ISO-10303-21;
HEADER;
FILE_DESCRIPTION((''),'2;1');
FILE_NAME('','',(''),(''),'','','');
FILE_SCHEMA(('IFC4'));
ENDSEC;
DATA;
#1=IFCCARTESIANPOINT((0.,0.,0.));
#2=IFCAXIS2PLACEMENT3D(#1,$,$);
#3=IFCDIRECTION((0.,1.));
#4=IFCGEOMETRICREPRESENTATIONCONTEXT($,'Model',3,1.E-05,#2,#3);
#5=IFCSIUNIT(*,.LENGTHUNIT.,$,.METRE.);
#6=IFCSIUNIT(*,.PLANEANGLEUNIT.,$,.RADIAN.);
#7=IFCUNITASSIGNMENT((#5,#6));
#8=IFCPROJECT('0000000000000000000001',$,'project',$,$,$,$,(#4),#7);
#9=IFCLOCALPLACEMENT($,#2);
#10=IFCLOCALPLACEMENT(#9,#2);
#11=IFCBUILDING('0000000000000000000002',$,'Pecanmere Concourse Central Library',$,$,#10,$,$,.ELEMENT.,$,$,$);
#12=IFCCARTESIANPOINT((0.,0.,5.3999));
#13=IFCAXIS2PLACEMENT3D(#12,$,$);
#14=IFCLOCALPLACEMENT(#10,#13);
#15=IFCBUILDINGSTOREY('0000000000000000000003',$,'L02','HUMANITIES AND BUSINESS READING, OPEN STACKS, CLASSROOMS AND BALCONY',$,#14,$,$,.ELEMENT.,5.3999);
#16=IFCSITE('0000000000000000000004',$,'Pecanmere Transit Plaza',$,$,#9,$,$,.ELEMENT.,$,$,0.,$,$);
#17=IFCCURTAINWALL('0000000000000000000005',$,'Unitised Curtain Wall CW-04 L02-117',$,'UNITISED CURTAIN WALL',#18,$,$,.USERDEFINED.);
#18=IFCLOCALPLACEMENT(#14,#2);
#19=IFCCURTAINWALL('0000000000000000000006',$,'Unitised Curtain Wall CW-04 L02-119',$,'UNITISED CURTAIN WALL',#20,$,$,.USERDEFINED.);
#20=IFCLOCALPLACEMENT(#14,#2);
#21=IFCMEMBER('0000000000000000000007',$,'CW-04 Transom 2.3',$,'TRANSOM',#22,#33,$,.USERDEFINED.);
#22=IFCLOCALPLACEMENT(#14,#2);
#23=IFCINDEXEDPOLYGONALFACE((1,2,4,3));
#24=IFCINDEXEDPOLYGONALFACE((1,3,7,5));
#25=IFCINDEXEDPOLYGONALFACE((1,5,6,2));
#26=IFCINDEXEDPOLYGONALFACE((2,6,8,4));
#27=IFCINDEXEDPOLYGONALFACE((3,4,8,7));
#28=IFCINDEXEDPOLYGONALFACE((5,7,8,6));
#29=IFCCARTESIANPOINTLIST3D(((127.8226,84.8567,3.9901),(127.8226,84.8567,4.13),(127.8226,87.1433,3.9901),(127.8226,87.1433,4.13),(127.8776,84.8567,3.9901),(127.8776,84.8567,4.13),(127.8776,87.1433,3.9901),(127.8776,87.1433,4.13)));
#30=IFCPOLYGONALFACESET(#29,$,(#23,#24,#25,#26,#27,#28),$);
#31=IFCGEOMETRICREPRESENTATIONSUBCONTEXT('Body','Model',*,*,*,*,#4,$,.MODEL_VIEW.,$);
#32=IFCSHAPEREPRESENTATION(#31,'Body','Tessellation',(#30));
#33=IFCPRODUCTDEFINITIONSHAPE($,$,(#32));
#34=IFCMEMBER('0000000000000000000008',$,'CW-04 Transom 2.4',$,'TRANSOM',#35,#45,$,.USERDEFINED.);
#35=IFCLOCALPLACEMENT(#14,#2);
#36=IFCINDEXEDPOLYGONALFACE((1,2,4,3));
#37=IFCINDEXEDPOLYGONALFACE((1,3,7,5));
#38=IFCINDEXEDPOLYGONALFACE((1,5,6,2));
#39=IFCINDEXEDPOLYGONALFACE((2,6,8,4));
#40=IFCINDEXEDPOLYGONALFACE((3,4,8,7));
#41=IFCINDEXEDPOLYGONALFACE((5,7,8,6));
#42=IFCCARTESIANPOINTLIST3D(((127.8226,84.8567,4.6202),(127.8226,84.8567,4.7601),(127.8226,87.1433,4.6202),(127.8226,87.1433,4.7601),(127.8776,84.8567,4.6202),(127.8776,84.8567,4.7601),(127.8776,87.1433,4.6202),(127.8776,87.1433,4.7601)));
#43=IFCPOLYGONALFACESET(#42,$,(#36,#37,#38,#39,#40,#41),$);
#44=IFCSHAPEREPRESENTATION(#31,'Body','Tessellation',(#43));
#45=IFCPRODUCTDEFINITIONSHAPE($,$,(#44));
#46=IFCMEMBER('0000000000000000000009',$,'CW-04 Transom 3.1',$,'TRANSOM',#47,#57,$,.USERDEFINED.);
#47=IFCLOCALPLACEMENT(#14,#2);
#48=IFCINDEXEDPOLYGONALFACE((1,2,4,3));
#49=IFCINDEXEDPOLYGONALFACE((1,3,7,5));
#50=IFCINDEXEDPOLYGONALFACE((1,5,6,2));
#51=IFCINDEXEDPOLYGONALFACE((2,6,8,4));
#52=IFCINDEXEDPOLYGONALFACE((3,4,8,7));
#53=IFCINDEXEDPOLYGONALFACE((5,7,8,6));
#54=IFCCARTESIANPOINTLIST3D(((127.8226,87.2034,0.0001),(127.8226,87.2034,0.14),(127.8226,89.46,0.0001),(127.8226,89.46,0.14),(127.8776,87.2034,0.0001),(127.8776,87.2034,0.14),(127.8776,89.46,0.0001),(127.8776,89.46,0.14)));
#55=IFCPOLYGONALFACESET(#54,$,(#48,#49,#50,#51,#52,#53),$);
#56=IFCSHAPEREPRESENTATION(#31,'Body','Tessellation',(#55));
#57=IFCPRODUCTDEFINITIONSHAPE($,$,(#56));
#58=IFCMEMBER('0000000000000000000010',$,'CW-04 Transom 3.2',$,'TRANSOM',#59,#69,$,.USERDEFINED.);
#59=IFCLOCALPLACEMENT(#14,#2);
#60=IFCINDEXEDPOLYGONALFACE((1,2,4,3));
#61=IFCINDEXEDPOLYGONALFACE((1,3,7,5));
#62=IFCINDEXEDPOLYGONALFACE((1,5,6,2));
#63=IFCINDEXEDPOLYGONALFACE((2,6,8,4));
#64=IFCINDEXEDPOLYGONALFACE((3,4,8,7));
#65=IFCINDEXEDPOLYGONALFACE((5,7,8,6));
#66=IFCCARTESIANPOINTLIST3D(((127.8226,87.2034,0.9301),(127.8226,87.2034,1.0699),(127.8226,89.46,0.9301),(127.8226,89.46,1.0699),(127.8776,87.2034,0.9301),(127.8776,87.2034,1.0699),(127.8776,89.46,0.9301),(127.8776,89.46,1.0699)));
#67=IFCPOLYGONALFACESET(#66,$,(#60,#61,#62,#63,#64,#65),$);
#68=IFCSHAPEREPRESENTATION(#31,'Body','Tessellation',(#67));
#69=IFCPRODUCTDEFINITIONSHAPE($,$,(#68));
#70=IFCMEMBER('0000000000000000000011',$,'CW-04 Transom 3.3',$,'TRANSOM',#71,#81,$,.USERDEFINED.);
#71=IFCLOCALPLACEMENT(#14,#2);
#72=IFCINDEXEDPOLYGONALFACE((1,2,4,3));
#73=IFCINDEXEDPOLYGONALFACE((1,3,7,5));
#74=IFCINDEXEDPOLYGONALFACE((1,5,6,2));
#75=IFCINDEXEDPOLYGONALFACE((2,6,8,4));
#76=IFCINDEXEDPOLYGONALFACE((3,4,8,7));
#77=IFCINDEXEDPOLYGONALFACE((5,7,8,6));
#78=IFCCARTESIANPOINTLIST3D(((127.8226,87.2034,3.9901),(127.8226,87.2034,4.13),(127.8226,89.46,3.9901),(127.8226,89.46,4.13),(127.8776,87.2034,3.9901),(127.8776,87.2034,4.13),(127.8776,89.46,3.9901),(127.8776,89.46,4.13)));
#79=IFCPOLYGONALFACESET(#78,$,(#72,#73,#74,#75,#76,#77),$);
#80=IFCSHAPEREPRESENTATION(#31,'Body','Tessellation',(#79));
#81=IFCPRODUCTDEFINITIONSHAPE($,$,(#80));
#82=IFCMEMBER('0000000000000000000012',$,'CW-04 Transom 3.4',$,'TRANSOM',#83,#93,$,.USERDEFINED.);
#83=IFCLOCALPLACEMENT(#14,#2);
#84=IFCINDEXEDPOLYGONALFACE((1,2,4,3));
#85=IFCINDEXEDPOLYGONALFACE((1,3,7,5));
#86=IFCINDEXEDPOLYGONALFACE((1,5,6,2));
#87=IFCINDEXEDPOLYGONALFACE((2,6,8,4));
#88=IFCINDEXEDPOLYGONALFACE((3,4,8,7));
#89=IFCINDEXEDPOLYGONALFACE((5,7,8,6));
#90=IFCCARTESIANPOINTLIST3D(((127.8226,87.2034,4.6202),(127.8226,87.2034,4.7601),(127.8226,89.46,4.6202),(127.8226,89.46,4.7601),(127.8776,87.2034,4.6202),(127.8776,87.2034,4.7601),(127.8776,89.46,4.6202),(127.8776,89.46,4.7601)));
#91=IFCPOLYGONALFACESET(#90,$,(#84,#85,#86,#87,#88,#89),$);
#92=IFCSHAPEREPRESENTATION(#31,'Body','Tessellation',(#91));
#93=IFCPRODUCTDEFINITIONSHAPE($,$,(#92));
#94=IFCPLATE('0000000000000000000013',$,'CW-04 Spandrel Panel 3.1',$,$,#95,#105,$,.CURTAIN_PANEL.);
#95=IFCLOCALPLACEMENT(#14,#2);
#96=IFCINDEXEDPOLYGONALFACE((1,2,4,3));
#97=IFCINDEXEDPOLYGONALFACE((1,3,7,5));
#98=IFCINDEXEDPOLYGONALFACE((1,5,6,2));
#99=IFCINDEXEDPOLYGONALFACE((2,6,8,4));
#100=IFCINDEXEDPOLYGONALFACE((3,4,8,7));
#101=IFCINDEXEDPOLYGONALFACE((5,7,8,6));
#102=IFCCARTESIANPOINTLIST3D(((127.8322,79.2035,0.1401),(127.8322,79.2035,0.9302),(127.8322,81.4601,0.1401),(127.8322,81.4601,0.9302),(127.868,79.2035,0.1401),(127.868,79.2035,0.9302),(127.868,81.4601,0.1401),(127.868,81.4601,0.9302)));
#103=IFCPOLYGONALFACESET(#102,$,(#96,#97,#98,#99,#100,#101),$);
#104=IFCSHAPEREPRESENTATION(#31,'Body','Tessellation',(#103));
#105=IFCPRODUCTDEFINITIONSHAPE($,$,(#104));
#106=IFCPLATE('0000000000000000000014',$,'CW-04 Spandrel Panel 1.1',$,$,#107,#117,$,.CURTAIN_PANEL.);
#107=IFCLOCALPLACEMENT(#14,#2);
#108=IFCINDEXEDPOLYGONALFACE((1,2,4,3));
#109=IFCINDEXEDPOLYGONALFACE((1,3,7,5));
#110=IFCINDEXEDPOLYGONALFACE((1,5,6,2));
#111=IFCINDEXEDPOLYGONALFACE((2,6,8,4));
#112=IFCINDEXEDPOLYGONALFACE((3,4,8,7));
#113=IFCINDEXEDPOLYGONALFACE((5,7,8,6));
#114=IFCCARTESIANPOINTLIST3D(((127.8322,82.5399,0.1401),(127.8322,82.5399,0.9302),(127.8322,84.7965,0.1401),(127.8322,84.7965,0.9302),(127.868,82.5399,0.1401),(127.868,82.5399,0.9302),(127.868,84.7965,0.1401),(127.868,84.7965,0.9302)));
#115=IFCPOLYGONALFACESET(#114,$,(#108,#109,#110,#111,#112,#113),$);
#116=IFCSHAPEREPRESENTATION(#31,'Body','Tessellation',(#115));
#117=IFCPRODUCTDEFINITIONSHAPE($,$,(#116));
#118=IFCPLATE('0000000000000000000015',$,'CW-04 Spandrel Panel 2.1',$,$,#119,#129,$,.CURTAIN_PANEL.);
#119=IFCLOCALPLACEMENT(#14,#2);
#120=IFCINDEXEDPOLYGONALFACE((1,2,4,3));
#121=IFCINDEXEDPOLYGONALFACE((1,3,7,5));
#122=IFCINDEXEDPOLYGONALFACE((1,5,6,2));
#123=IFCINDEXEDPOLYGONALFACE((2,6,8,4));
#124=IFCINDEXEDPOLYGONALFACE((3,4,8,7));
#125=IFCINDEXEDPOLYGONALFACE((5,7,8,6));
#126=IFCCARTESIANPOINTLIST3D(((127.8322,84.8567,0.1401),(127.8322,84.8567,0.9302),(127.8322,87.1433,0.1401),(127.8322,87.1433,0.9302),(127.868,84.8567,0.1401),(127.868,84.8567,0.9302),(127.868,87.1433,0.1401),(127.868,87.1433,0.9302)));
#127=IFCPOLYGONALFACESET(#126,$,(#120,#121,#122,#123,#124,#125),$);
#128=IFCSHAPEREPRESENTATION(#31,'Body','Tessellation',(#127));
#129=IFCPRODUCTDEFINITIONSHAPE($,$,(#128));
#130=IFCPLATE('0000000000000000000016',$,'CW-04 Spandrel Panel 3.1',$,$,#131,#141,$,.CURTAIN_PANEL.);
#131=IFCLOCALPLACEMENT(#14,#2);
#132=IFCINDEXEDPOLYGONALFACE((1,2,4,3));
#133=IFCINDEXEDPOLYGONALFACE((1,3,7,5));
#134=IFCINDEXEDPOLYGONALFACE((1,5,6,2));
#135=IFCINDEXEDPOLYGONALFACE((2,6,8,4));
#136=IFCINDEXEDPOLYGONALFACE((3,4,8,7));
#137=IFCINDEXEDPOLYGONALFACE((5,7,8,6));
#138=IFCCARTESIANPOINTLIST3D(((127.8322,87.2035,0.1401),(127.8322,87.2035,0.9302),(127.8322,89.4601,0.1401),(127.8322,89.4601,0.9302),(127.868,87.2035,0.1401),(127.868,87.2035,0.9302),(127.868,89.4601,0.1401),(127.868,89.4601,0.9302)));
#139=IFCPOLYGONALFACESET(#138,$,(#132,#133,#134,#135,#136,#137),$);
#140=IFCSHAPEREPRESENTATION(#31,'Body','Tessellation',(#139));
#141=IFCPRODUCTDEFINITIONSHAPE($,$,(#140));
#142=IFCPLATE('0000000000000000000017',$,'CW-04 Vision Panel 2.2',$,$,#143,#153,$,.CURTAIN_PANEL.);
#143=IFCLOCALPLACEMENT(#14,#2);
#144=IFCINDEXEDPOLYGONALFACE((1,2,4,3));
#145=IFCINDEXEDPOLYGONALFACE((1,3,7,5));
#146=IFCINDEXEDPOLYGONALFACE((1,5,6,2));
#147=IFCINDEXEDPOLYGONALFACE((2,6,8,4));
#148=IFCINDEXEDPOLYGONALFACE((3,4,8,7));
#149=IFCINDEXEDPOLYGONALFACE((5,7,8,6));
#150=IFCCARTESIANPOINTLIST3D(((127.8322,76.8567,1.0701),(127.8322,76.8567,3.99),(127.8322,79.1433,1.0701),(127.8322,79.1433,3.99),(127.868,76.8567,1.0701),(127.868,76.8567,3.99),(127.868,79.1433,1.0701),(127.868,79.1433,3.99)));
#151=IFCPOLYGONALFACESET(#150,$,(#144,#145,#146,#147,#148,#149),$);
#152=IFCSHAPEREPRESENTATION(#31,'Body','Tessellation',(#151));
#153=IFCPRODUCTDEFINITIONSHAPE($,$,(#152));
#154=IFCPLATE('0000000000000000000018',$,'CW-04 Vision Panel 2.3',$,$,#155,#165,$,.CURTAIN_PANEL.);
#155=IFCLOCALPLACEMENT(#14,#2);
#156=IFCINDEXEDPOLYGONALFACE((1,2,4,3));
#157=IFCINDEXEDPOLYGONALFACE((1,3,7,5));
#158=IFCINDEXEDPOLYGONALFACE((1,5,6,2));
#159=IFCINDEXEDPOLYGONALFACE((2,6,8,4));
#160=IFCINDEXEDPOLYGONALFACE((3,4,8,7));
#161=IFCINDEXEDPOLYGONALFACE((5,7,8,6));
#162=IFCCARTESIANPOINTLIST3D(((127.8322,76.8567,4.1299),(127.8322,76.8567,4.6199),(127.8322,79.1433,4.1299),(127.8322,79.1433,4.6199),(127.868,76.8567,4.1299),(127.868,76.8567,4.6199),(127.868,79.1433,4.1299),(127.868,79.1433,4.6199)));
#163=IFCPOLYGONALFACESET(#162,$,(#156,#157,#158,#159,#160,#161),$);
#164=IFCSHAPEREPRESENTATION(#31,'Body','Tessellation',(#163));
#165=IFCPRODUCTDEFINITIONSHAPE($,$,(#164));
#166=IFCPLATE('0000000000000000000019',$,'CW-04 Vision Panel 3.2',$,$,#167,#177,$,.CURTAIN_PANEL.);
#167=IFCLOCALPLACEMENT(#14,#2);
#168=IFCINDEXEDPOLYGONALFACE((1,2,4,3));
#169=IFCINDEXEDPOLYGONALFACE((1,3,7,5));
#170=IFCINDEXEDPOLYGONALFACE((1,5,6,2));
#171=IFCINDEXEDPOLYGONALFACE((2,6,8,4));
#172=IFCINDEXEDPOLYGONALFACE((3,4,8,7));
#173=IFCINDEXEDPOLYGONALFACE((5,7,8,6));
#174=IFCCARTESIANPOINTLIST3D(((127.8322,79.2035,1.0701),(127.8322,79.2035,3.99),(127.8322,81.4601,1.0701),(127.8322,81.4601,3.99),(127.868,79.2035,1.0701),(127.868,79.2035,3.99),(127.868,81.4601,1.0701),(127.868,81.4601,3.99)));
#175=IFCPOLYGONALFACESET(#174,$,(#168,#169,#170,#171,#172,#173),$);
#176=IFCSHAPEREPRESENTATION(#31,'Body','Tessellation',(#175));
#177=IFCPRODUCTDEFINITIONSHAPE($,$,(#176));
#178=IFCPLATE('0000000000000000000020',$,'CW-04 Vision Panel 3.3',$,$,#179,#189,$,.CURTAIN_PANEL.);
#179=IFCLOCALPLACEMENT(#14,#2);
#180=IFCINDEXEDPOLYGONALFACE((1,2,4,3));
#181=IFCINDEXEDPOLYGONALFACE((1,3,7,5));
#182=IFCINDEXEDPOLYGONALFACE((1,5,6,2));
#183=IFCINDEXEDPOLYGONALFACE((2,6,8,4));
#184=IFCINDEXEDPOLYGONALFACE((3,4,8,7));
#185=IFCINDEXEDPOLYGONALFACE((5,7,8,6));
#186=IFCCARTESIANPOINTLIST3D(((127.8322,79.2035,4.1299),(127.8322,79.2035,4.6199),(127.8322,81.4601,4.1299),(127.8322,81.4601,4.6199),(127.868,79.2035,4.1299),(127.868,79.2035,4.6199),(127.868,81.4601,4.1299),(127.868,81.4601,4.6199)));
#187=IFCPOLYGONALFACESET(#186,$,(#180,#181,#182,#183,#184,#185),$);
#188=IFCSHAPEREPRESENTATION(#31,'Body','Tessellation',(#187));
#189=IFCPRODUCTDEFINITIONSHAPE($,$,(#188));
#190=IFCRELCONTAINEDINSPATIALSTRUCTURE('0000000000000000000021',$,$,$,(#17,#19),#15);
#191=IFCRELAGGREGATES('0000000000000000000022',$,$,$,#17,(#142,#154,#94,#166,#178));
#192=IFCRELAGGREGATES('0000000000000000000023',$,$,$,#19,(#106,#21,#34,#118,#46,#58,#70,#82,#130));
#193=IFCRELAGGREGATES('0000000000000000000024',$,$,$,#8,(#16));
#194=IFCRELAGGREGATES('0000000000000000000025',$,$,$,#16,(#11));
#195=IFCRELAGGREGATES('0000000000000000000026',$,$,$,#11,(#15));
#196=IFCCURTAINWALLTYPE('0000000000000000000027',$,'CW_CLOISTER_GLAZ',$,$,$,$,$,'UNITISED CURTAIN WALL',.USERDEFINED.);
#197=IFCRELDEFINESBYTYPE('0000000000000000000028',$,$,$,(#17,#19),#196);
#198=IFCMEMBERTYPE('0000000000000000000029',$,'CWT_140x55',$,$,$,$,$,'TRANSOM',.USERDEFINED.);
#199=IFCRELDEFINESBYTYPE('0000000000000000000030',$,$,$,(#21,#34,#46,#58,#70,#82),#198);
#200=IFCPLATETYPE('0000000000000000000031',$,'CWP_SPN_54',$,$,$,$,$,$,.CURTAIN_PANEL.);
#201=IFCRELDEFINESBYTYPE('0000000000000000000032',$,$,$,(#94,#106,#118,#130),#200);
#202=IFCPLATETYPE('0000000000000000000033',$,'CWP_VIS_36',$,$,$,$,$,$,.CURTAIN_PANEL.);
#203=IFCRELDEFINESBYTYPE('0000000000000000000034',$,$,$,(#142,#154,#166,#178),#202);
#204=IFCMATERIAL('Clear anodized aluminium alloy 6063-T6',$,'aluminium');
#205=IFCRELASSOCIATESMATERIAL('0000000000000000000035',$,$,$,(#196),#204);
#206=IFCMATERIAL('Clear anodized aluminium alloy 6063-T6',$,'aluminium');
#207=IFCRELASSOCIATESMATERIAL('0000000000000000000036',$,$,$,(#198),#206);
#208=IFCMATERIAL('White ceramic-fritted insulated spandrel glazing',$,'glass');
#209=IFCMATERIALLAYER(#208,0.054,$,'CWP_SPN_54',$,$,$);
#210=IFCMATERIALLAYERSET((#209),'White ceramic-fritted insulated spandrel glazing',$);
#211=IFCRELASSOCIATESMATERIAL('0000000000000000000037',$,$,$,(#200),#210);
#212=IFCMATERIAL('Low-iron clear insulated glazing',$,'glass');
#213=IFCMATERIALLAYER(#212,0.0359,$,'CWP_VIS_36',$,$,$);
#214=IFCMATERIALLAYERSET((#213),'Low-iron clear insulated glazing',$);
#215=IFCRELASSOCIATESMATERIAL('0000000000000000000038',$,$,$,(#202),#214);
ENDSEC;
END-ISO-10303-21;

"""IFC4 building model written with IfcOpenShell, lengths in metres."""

from ifc_helpers import new_model, si_unit, direction, frame, origin, origin_2d, place, context, subcontext, project, spatial, rectangle, extrude, material, layer, layer_set, material_profile, profile_set, type_object, element, aggregate, save


model = new_model("IFC4")

# Units and contexts
model_context = context("Model", 3, precision=1e-05, world=origin(), true_north=direction((0.0, 1.0)))
body_context = subcontext(model_context, "Body", "Model", "MODEL_VIEW")
ifc_project = project(units=[si_unit("LENGTHUNIT", "METRE"), si_unit("PLANEANGLEUNIT", "RADIAN")], contexts=[model_context])

# Site, building, storey
site_placement = place(None, origin())
site = spatial("IfcSite", under=ifc_project, at=site_placement, Name="Pecanmere Transit Plaza", CompositionType="ELEMENT", RefElevation=0.0)
building_placement = place(site_placement, origin())
building = spatial("IfcBuilding", under=site, at=building_placement, Name="Pecanmere Concourse Central Library", CompositionType="ELEMENT")
storey_placement = place(building_placement, frame((0.0, 0.0, 5.3999)))
storey = spatial("IfcBuildingStorey", under=building, at=storey_placement, Name="L02", Description="HUMANITIES AND BUSINESS READING, OPEN STACKS, CLASSROOMS AND BALCONY", CompositionType="ELEMENT", Elevation=5.3999)

# Curtain walls
ifc_material_1 = material(Name="Clear anodized aluminium alloy 6063-T6", Category="aluminium")
curtain_wall_type = type_object("IfcCurtainWallType", Name="CW_CLOISTER_GLAZ", ElementType="UNITISED CURTAIN WALL", PredefinedType="USERDEFINED", material=ifc_material_1)
curtain_wall_1_placement = place(storey_placement, origin())
curtain_wall_1 = element("IfcCurtainWall", 1, at=curtain_wall_1_placement, inside=storey, type_object=curtain_wall_type, Name="Unitised Curtain Wall CW-04 L02-117", ObjectType="UNITISED CURTAIN WALL", PredefinedType="USERDEFINED")
curtain_wall_2_placement = place(storey_placement, origin())
curtain_wall_2 = element("IfcCurtainWall", 2, at=curtain_wall_2_placement, inside=storey, type_object=curtain_wall_type, Name="Unitised Curtain Wall CW-04 L02-119", ObjectType="UNITISED CURTAIN WALL", PredefinedType="USERDEFINED")

# Members
ifc_material_2 = material(Name="Clear anodized aluminium alloy 6063-T6", Category="aluminium")
ifc_material_profile_1 = material_profile(ifc_material_2, rectangle(XDim=0.0549, YDim=0.1399, at=origin_2d()), Name="AL 55x140")
ifc_profile_set_1 = profile_set([ifc_material_profile_1], Name="Clear anodized aluminium alloy 6063-T6")
member_type_1 = type_object("IfcMemberType", Name="CWT_140x55", ElementType="TRANSOM", PredefinedType="USERDEFINED", material=ifc_profile_set_1)
member_1_placement = place(storey_placement, frame((127.8501, 84.8567, 4.0601), z_axis=(0.0, 1.0, 0.0), x_axis=(-1.0, 0.0, 0.0)))
member_1 = element("IfcMember", 3, at=member_1_placement, type_object=member_type_1, Name="CW-04 Transom 2.3", ObjectType="TRANSOM", PredefinedType="USERDEFINED", context=body_context, shape_type="SweptSolid", body=[
    extrude(rectangle(XDim=0.0549, YDim=0.1399, at=origin_2d()), origin(), (0.0, 0.0, 1.0), 2.2866),
])
member_2_placement = place(storey_placement, frame((127.8501, 84.8567, 4.6902), z_axis=(0.0, 1.0, 0.0), x_axis=(-1.0, 0.0, 0.0)))
member_2 = element("IfcMember", 4, at=member_2_placement, type_object=member_type_1, Name="CW-04 Transom 2.4", ObjectType="TRANSOM", PredefinedType="USERDEFINED", context=body_context, shape_type="SweptSolid", body=[
    extrude(rectangle(XDim=0.0549, YDim=0.1399, at=origin_2d()), origin(), (0.0, 0.0, 1.0), 2.2866),
])
member_3_placement = place(storey_placement, frame((127.8501, 87.2034, 0.0701), z_axis=(0.0, 1.0, 0.0), x_axis=(-1.0, 0.0, 0.0)))
member_3 = element("IfcMember", 5, at=member_3_placement, type_object=member_type_1, Name="CW-04 Transom 3.1", ObjectType="TRANSOM", PredefinedType="USERDEFINED", context=body_context, shape_type="SweptSolid", body=[
    extrude(rectangle(XDim=0.0549, YDim=0.1399, at=origin_2d()), origin(), (0.0, 0.0, 1.0), 2.2566),
])
member_4_placement = place(storey_placement, frame((127.8501, 87.2034, 1.0), z_axis=(0.0, 1.0, 0.0), x_axis=(-1.0, 0.0, 0.0)))
member_4 = element("IfcMember", 6, at=member_4_placement, type_object=member_type_1, Name="CW-04 Transom 3.2", ObjectType="TRANSOM", PredefinedType="USERDEFINED", context=body_context, shape_type="SweptSolid", body=[
    extrude(rectangle(XDim=0.0549, YDim=0.1399, at=origin_2d()), origin(), (0.0, 0.0, 1.0), 2.2566),
])
member_5_placement = place(storey_placement, frame((127.8501, 87.2034, 4.0601), z_axis=(0.0, 1.0, 0.0), x_axis=(-1.0, 0.0, 0.0)))
member_5 = element("IfcMember", 7, at=member_5_placement, type_object=member_type_1, Name="CW-04 Transom 3.3", ObjectType="TRANSOM", PredefinedType="USERDEFINED", context=body_context, shape_type="SweptSolid", body=[
    extrude(rectangle(XDim=0.0549, YDim=0.1399, at=origin_2d()), origin(), (0.0, 0.0, 1.0), 2.2566),
])
member_6_placement = place(storey_placement, frame((127.8501, 87.2034, 4.6902), z_axis=(0.0, 1.0, 0.0), x_axis=(-1.0, 0.0, 0.0)))
member_6 = element("IfcMember", 8, at=member_6_placement, type_object=member_type_1, Name="CW-04 Transom 3.4", ObjectType="TRANSOM", PredefinedType="USERDEFINED", context=body_context, shape_type="SweptSolid", body=[
    extrude(rectangle(XDim=0.0549, YDim=0.1399, at=origin_2d()), origin(), (0.0, 0.0, 1.0), 2.2566),
])

# Plates
ifc_material_3 = material(Name="White ceramic-fritted insulated spandrel glazing", Category="glass")
ifc_layer_1 = layer(ifc_material_3, 0.054, Name="CWP_SPN_54")
ifc_layer_set_1 = layer_set([ifc_layer_1], Name="White ceramic-fritted insulated spandrel glazing")
plate_type_1 = type_object("IfcPlateType", Name="CWP_SPN_54", PredefinedType="CURTAIN_PANEL", material=ifc_layer_set_1)
plate_1_placement = place(storey_placement, frame((127.8501, 80.3318, 0.1401), z_axis=(0.0, 0.0, 1.0), x_axis=(0.0, 1.0, 0.0)))
plate_1 = element("IfcPlate", 9, at=plate_1_placement, type_object=plate_type_1, Name="CW-04 Spandrel Panel 3.1", PredefinedType="CURTAIN_PANEL", context=body_context, shape_type="SweptSolid", body=[
    extrude(rectangle(XDim=2.2566, YDim=0.0359, at=origin_2d()), origin(), (0.0, 0.0, 1.0), 0.79),
])
plate_2_placement = place(storey_placement, frame((127.8501, 83.6682, 0.1401), z_axis=(0.0, 0.0, 1.0), x_axis=(0.0, 1.0, 0.0)))
plate_2 = element("IfcPlate", 10, at=plate_2_placement, type_object=plate_type_1, Name="CW-04 Spandrel Panel 1.1", PredefinedType="CURTAIN_PANEL", context=body_context, shape_type="SweptSolid", body=[
    extrude(rectangle(XDim=2.2566, YDim=0.0359, at=origin_2d()), origin(), (0.0, 0.0, 1.0), 0.79),
])
plate_3_placement = place(storey_placement, frame((127.8501, 86.0, 0.1401), z_axis=(0.0, 0.0, 1.0), x_axis=(0.0, 1.0, 0.0)))
plate_3 = element("IfcPlate", 11, at=plate_3_placement, type_object=plate_type_1, Name="CW-04 Spandrel Panel 2.1", PredefinedType="CURTAIN_PANEL", context=body_context, shape_type="SweptSolid", body=[
    extrude(rectangle(XDim=2.2866, YDim=0.0359, at=origin_2d()), origin(), (0.0, 0.0, 1.0), 0.79),
])
plate_4_placement = place(storey_placement, frame((127.8501, 88.3318, 0.1401), z_axis=(0.0, 0.0, 1.0), x_axis=(0.0, 1.0, 0.0)))
plate_4 = element("IfcPlate", 12, at=plate_4_placement, type_object=plate_type_1, Name="CW-04 Spandrel Panel 3.1", PredefinedType="CURTAIN_PANEL", context=body_context, shape_type="SweptSolid", body=[
    extrude(rectangle(XDim=2.2566, YDim=0.0359, at=origin_2d()), origin(), (0.0, 0.0, 1.0), 0.79),
])
ifc_material_4 = material(Name="Low-iron clear insulated glazing", Category="glass")
ifc_layer_2 = layer(ifc_material_4, 0.0359, Name="CWP_VIS_36")
ifc_layer_set_2 = layer_set([ifc_layer_2], Name="Low-iron clear insulated glazing")
plate_type_2 = type_object("IfcPlateType", Name="CWP_VIS_36", PredefinedType="CURTAIN_PANEL", material=ifc_layer_set_2)
plate_5_placement = place(storey_placement, frame((127.8501, 78.0, 1.0701), z_axis=(0.0, 0.0, 1.0), x_axis=(0.0, 1.0, 0.0)))
plate_5 = element("IfcPlate", 13, at=plate_5_placement, type_object=plate_type_2, Name="CW-04 Vision Panel 2.2", PredefinedType="CURTAIN_PANEL", context=body_context, shape_type="SweptSolid", body=[
    extrude(rectangle(XDim=2.2866, YDim=0.0359, at=origin_2d()), origin(), (0.0, 0.0, 1.0), 2.9199),
])
plate_6_placement = place(storey_placement, frame((127.8501, 78.0, 4.1299), z_axis=(0.0, 0.0, 1.0), x_axis=(0.0, 1.0, 0.0)))
plate_6 = element("IfcPlate", 14, at=plate_6_placement, type_object=plate_type_2, Name="CW-04 Vision Panel 2.3", PredefinedType="CURTAIN_PANEL", context=body_context, shape_type="SweptSolid", body=[
    extrude(rectangle(XDim=2.2866, YDim=0.0359, at=origin_2d()), origin(), (0.0, 0.0, 1.0), 0.49),
])
plate_7_placement = place(storey_placement, frame((127.8501, 80.3318, 1.0701), z_axis=(0.0, 0.0, 1.0), x_axis=(0.0, 1.0, 0.0)))
plate_7 = element("IfcPlate", 15, at=plate_7_placement, type_object=plate_type_2, Name="CW-04 Vision Panel 3.2", PredefinedType="CURTAIN_PANEL", context=body_context, shape_type="SweptSolid", body=[
    extrude(rectangle(XDim=2.2566, YDim=0.0359, at=origin_2d()), origin(), (0.0, 0.0, 1.0), 2.9199),
])
plate_8_placement = place(storey_placement, frame((127.8501, 80.3318, 4.1299), z_axis=(0.0, 0.0, 1.0), x_axis=(0.0, 1.0, 0.0)))
plate_8 = element("IfcPlate", 16, at=plate_8_placement, type_object=plate_type_2, Name="CW-04 Vision Panel 3.3", PredefinedType="CURTAIN_PANEL", context=body_context, shape_type="SweptSolid", body=[
    extrude(rectangle(XDim=2.2566, YDim=0.0359, at=origin_2d()), origin(), (0.0, 0.0, 1.0), 0.49),
])
aggregate(curtain_wall_1, [plate_5, plate_6, plate_1, plate_7, plate_8])
aggregate(curtain_wall_2, [plate_2, member_1, member_2, plate_3, member_3, member_4, member_5, member_6, plate_4])

save(model, "model.ifc")
